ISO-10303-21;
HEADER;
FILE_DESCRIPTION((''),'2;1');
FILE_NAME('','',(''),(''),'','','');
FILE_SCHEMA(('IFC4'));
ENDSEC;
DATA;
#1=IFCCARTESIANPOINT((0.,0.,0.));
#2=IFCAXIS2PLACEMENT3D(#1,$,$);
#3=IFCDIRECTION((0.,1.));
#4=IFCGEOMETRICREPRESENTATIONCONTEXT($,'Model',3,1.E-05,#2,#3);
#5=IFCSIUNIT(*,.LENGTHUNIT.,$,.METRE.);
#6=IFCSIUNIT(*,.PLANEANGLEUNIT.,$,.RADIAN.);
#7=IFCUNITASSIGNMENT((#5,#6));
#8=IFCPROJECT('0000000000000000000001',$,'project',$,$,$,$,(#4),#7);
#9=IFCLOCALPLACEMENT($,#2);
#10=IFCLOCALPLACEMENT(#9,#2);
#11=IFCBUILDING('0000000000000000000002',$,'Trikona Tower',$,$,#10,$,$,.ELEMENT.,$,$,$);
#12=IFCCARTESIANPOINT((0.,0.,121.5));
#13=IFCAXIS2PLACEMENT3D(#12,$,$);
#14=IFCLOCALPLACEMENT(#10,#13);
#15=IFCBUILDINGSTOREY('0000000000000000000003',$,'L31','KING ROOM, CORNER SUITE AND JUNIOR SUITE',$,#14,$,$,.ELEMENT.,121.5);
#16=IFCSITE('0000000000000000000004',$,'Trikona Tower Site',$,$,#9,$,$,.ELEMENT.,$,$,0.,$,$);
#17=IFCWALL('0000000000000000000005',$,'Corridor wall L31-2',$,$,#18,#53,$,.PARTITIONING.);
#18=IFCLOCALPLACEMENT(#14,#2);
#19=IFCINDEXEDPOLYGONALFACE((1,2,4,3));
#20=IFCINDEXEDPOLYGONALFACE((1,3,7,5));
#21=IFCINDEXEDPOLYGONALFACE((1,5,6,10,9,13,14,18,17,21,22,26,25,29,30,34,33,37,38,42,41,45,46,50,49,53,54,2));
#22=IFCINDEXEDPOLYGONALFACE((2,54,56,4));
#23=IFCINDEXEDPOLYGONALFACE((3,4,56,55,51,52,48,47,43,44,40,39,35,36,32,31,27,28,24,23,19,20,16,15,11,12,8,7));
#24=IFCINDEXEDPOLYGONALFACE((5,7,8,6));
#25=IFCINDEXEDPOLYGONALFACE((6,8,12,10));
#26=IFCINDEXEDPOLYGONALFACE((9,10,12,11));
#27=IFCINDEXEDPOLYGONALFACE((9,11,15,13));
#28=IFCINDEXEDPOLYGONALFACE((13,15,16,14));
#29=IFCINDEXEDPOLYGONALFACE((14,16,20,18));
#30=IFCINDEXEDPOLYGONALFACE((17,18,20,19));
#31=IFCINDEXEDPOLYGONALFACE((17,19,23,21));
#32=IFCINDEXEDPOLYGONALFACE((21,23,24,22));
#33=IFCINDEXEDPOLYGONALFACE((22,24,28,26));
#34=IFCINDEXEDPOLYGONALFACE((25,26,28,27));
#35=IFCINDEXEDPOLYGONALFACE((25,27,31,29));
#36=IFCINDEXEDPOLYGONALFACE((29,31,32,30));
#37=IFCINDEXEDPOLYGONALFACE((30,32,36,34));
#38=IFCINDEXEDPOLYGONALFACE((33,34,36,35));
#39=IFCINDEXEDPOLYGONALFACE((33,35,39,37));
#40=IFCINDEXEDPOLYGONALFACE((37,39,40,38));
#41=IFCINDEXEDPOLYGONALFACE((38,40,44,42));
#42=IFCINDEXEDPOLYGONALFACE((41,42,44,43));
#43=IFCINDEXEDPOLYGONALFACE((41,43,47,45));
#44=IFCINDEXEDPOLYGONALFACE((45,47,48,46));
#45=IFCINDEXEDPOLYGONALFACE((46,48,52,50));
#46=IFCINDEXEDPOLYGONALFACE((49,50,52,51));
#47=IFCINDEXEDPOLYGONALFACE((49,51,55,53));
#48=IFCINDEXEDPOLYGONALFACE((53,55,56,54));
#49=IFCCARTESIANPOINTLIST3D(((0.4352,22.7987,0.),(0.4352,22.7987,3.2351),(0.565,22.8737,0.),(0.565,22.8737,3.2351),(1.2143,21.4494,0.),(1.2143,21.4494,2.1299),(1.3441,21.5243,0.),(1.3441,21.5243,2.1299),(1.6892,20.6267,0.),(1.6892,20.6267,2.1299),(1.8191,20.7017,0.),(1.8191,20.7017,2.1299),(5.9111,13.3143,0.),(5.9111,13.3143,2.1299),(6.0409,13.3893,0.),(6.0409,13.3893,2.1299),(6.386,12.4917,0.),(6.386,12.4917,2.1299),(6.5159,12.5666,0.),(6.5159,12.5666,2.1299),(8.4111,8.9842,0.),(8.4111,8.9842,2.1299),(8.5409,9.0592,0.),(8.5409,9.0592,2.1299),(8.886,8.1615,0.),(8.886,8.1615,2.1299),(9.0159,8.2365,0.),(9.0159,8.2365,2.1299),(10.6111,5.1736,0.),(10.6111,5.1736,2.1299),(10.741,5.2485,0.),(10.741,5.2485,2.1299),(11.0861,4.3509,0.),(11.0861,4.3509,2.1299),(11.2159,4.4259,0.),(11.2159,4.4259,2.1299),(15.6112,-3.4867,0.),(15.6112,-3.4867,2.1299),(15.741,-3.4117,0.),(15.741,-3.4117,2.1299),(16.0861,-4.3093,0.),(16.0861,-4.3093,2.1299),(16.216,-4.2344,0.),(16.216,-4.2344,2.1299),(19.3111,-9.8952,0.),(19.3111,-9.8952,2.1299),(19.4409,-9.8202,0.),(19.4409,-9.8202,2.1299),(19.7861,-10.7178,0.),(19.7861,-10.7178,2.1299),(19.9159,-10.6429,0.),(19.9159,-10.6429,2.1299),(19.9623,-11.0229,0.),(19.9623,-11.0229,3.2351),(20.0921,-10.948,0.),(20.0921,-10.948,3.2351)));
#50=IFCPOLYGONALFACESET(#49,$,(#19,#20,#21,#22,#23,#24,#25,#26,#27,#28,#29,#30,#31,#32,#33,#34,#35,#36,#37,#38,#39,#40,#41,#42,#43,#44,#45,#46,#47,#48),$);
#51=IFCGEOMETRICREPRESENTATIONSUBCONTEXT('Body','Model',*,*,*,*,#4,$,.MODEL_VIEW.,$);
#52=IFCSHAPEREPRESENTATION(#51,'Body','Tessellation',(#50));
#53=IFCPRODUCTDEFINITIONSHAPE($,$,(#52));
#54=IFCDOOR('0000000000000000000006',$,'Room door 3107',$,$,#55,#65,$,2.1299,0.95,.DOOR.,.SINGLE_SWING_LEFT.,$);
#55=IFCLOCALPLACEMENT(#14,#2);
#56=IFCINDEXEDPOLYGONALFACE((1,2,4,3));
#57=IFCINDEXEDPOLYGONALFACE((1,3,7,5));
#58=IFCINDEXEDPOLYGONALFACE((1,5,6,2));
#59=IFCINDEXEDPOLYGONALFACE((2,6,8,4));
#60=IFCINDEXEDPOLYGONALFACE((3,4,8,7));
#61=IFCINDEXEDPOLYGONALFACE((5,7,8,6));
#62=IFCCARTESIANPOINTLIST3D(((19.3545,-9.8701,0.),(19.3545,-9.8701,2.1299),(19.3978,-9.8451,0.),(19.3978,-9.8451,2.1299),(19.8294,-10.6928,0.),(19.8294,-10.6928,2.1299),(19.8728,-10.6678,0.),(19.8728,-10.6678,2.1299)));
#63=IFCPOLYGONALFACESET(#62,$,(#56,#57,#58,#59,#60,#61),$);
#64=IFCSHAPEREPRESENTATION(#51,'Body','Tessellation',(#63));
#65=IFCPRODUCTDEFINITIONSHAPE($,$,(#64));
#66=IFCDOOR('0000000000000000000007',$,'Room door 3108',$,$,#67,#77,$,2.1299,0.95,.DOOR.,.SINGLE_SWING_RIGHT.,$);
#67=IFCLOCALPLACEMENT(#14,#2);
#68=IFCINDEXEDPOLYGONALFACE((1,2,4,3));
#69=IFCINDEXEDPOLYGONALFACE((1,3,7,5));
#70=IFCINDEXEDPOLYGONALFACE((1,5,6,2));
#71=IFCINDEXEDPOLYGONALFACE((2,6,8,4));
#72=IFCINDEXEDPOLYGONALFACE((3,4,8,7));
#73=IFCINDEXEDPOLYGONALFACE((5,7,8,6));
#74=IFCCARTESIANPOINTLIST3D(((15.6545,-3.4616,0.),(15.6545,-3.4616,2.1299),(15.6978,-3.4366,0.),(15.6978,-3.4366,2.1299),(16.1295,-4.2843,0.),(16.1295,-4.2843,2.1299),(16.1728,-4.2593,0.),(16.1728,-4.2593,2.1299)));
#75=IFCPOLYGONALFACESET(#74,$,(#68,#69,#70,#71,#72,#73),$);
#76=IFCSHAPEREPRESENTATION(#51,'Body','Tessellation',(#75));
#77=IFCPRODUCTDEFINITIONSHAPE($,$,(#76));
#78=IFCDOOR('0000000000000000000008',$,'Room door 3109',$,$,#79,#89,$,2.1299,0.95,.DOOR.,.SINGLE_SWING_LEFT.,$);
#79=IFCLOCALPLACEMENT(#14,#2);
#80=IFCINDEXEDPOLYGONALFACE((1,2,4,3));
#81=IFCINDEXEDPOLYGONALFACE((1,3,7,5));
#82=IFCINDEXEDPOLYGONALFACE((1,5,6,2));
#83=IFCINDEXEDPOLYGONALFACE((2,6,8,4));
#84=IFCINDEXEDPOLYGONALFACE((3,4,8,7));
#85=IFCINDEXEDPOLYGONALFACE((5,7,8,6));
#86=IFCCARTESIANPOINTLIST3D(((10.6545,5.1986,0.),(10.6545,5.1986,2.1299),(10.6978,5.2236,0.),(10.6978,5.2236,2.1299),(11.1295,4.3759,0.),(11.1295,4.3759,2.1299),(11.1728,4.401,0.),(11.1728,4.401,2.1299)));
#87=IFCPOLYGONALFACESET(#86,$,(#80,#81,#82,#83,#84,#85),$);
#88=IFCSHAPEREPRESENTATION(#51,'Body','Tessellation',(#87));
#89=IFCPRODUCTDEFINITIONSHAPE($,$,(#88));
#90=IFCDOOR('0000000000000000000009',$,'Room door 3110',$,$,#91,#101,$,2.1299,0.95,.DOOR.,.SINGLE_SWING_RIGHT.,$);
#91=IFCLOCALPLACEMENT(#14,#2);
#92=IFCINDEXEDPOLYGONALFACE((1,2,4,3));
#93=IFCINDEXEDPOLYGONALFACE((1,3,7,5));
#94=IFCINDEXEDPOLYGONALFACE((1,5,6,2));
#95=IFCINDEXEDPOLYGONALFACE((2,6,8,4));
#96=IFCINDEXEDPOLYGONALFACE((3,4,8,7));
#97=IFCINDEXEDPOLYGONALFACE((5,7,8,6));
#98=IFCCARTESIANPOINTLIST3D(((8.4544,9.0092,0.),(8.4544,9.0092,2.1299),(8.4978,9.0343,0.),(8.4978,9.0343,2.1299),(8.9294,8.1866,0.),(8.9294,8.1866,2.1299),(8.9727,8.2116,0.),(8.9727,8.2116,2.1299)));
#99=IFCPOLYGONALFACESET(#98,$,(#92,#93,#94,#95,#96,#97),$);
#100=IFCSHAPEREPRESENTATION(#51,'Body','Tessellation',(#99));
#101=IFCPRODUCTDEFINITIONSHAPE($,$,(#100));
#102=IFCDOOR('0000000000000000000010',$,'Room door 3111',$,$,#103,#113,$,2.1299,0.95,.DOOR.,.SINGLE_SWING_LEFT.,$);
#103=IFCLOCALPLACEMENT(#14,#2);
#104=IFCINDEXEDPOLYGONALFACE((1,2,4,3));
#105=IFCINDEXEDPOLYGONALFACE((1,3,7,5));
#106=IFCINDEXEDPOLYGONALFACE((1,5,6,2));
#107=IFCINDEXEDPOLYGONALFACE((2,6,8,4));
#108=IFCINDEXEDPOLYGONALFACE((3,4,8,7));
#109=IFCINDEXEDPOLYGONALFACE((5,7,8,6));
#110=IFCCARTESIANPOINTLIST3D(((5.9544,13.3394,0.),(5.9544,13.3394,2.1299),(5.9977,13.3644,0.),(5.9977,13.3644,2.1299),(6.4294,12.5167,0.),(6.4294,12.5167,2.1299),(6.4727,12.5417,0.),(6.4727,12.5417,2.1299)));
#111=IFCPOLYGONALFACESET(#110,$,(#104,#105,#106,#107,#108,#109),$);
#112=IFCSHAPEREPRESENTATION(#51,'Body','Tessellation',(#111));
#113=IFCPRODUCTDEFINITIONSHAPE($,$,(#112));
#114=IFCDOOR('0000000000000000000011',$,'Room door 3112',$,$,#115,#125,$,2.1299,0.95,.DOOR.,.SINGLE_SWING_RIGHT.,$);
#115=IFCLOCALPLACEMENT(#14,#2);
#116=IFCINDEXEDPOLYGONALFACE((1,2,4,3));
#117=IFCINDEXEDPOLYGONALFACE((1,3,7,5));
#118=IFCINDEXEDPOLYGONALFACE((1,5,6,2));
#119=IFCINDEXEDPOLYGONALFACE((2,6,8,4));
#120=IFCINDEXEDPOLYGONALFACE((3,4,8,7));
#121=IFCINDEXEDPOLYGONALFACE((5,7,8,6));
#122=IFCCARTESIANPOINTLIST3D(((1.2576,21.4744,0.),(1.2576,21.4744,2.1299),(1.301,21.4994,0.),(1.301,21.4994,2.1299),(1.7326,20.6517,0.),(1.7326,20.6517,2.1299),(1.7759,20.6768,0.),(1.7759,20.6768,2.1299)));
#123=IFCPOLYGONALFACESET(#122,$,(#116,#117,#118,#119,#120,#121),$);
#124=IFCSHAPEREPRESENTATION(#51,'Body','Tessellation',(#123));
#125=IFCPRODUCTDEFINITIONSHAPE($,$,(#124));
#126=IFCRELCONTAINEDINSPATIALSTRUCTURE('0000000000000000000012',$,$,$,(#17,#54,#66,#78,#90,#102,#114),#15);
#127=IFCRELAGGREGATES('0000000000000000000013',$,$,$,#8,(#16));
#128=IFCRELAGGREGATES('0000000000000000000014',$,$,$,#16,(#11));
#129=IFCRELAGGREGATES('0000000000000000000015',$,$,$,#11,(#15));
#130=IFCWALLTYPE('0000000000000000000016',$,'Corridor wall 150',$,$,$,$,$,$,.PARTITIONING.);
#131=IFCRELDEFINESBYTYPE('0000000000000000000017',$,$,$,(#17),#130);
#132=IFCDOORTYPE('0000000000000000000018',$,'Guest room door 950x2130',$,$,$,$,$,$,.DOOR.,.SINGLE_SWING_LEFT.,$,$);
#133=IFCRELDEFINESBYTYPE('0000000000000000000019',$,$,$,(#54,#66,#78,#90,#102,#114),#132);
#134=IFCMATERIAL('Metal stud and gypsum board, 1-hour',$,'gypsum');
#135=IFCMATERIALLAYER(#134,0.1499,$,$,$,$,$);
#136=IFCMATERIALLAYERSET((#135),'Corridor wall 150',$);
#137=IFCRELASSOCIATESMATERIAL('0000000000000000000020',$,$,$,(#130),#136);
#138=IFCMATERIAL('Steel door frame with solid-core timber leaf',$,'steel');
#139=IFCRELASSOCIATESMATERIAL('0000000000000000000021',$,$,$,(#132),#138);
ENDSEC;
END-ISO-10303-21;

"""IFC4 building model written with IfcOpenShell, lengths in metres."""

from ifc_helpers import new_model, si_unit, direction, frame, frame_2d, origin, place, context, subcontext, project, spatial, rectangle, extrude, material, layer, layer_set, type_object, element, fill, save


model = new_model("IFC4")

# Units and contexts
model_context = context("Model", 3, precision=1e-05, world=origin(), true_north=direction((0.0, 1.0)))
body_context = subcontext(model_context, "Body", "Model", "MODEL_VIEW")
ifc_project = project(units=[si_unit("LENGTHUNIT", "METRE"), si_unit("PLANEANGLEUNIT", "RADIAN")], contexts=[model_context])

# Site, building, storey
site_placement = place(None, origin())
site = spatial("IfcSite", under=ifc_project, at=site_placement, Name="Trikona Tower Site", CompositionType="ELEMENT", RefElevation=0.0)
building_placement = place(site_placement, origin())
building = spatial("IfcBuilding", under=site, at=building_placement, Name="Trikona Tower", CompositionType="ELEMENT")
storey_placement = place(building_placement, frame((0.0, 0.0, 121.5)))
storey = spatial("IfcBuildingStorey", under=building, at=storey_placement, Name="L31", Description="KING ROOM, CORNER SUITE AND JUNIOR SUITE", CompositionType="ELEMENT", Elevation=121.5)

# Wall, openings, doors
ifc_material_1 = material(Name="Metal stud and gypsum board, 1-hour", Category="gypsum")
ifc_layer_1 = layer(ifc_material_1, 0.1499)
ifc_layer_set_1 = layer_set([ifc_layer_1], Name="Corridor wall 150")
wall_type_1 = type_object("IfcWallType", Name="Corridor wall 150", PredefinedType="PARTITIONING", material=ifc_layer_set_1)
wall_1_placement = place(storey_placement, frame((20.0271, -10.9854, 0.0), z_axis=(0.0, 0.0, 1.0), x_axis=(-0.500002, 0.866024, 0.0)))
wall_1 = element("IfcWall", 1, at=wall_1_placement, inside=storey, type_object=wall_type_1, Name="Corridor wall L31-2", PredefinedType="PARTITIONING", context=body_context, shape_type="SweptSolid", body=[
    extrude(rectangle(XDim=39.054, YDim=0.1499, at=frame_2d((19.5269, 0.0))), origin(), (0.0, 0.0, 1.0), 3.2351),
])
opening_1_placement = place(wall_1_placement, frame((0.3521, 0.0, 0.0)))
opening_1 = element("IfcOpeningElement", 2, at=opening_1_placement, cuts=wall_1, PredefinedType="OPENING", context=body_context, shape_type="SweptSolid", body=[
    extrude(rectangle(XDim=0.95, YDim=2.1299, at=frame_2d((0.4751, 1.0649))), frame((0.0, 0.085, 0.0), z_axis=(0.0, -1.0, 0.0), x_axis=(1.0, 0.0, 0.0)), (0.0, 0.0, 1.0), 0.1699),
])
opening_2_placement = place(wall_1_placement, frame((7.752, 0.0, 0.0)))
opening_2 = element("IfcOpeningElement", 3, at=opening_2_placement, cuts=wall_1, PredefinedType="OPENING", context=body_context, shape_type="SweptSolid", body=[
    extrude(rectangle(XDim=0.95, YDim=2.1299, at=frame_2d((0.4751, 1.0649))), frame((0.0, 0.085, 0.0), z_axis=(0.0, -1.0, 0.0), x_axis=(1.0, 0.0, 0.0)), (0.0, 0.0, 1.0), 0.1699),
])
opening_3_placement = place(wall_1_placement, frame((17.752, 0.0, 0.0)))
opening_3 = element("IfcOpeningElement", 4, at=opening_3_placement, cuts=wall_1, PredefinedType="OPENING", context=body_context, shape_type="SweptSolid", body=[
    extrude(rectangle(XDim=0.95, YDim=2.1299, at=frame_2d((0.4751, 1.0649))), frame((0.0, 0.085, 0.0), z_axis=(0.0, -1.0, 0.0), x_axis=(1.0, 0.0, 0.0)), (0.0, 0.0, 1.0), 0.1699),
])
opening_4_placement = place(wall_1_placement, frame((22.1521, 0.0, 0.0)))
opening_4 = element("IfcOpeningElement", 5, at=opening_4_placement, cuts=wall_1, PredefinedType="OPENING", context=body_context, shape_type="SweptSolid", body=[
    extrude(rectangle(XDim=0.95, YDim=2.1299, at=frame_2d((0.4751, 1.0649))), frame((0.0, 0.085, 0.0), z_axis=(0.0, -1.0, 0.0), x_axis=(1.0, 0.0, 0.0)), (0.0, 0.0, 1.0), 0.1699),
])
opening_5_placement = place(wall_1_placement, frame((27.1521, 0.0, 0.0)))
opening_5 = element("IfcOpeningElement", 6, at=opening_5_placement, cuts=wall_1, PredefinedType="OPENING", context=body_context, shape_type="SweptSolid", body=[
    extrude(rectangle(XDim=0.95, YDim=2.1299, at=frame_2d((0.4751, 1.0649))), frame((0.0, 0.085, 0.0), z_axis=(0.0, -1.0, 0.0), x_axis=(1.0, 0.0, 0.0)), (0.0, 0.0, 1.0), 0.1699),
])
opening_6_placement = place(wall_1_placement, frame((36.5457, 0.0, 0.0)))
opening_6 = element("IfcOpeningElement", 7, at=opening_6_placement, cuts=wall_1, PredefinedType="OPENING", context=body_context, shape_type="SweptSolid", body=[
    extrude(rectangle(XDim=0.95, YDim=2.1299, at=frame_2d((0.4751, 1.0649))), frame((0.0, 0.085, 0.0), z_axis=(0.0, -1.0, 0.0), x_axis=(1.0, 0.0, 0.0)), (0.0, 0.0, 1.0), 0.1699),
])
ifc_material_2 = material(Name="Steel door frame with solid-core timber leaf", Category="steel")
door_type_1 = type_object("IfcDoorType", Name="Guest room door 950x2130", OperationType="SINGLE_SWING_LEFT", PredefinedType="DOOR", material=ifc_material_2)
door_1_placement = place(opening_1_placement, origin())
door_1 = element("IfcDoor", 8, at=door_1_placement, inside=storey, type_object=door_type_1, Name="Room door 3107", OperationType="SINGLE_SWING_LEFT", OverallHeight=2.1299, OverallWidth=0.95, PredefinedType="DOOR", context=body_context, shape_type="SweptSolid", body=[
    extrude(rectangle(XDim=0.95, YDim=2.1299, at=frame_2d((0.4751, 1.0649))), frame((0.0, 0.0249, 0.0), z_axis=(0.0, -1.0, 0.0), x_axis=(1.0, 0.0, 0.0)), (0.0, 0.0, 1.0), 0.05),
])
fill(opening_1, door_1)
door_2_placement = place(opening_2_placement, origin())
door_2 = element("IfcDoor", 9, at=door_2_placement, inside=storey, type_object=door_type_1, Name="Room door 3108", OperationType="SINGLE_SWING_RIGHT", OverallHeight=2.1299, OverallWidth=0.95, PredefinedType="DOOR", context=body_context, shape_type="SweptSolid", body=[
    extrude(rectangle(XDim=0.95, YDim=2.1299, at=frame_2d((0.4751, 1.0649))), frame((0.0, 0.0249, 0.0), z_axis=(0.0, -1.0, 0.0), x_axis=(1.0, 0.0, 0.0)), (0.0, 0.0, 1.0), 0.05),
])
fill(opening_2, door_2)
door_3_placement = place(opening_3_placement, origin())
door_3 = element("IfcDoor", 10, at=door_3_placement, inside=storey, type_object=door_type_1, Name="Room door 3109", OperationType="SINGLE_SWING_LEFT", OverallHeight=2.1299, OverallWidth=0.95, PredefinedType="DOOR", context=body_context, shape_type="SweptSolid", body=[
    extrude(rectangle(XDim=0.95, YDim=2.1299, at=frame_2d((0.4751, 1.0649))), frame((0.0, 0.0249, 0.0), z_axis=(0.0, -1.0, 0.0), x_axis=(1.0, 0.0, 0.0)), (0.0, 0.0, 1.0), 0.05),
])
fill(opening_3, door_3)
door_4_placement = place(opening_4_placement, origin())
door_4 = element("IfcDoor", 11, at=door_4_placement, inside=storey, type_object=door_type_1, Name="Room door 3110", OperationType="SINGLE_SWING_RIGHT", OverallHeight=2.1299, OverallWidth=0.95, PredefinedType="DOOR", context=body_context, shape_type="SweptSolid", body=[
    extrude(rectangle(XDim=0.95, YDim=2.1299, at=frame_2d((0.4751, 1.0649))), frame((0.0, 0.0249, 0.0), z_axis=(0.0, -1.0, 0.0), x_axis=(1.0, 0.0, 0.0)), (0.0, 0.0, 1.0), 0.05),
])
fill(opening_4, door_4)
door_5_placement = place(opening_5_placement, origin())
door_5 = element("IfcDoor", 12, at=door_5_placement, inside=storey, type_object=door_type_1, Name="Room door 3111", OperationType="SINGLE_SWING_LEFT", OverallHeight=2.1299, OverallWidth=0.95, PredefinedType="DOOR", context=body_context, shape_type="SweptSolid", body=[
    extrude(rectangle(XDim=0.95, YDim=2.1299, at=frame_2d((0.4751, 1.0649))), frame((0.0, 0.0249, 0.0), z_axis=(0.0, -1.0, 0.0), x_axis=(1.0, 0.0, 0.0)), (0.0, 0.0, 1.0), 0.05),
])
fill(opening_5, door_5)
door_6_placement = place(opening_6_placement, origin())
door_6 = element("IfcDoor", 13, at=door_6_placement, inside=storey, type_object=door_type_1, Name="Room door 3112", OperationType="SINGLE_SWING_RIGHT", OverallHeight=2.1299, OverallWidth=0.95, PredefinedType="DOOR", context=body_context, shape_type="SweptSolid", body=[
    extrude(rectangle(XDim=0.95, YDim=2.1299, at=frame_2d((0.4751, 1.0649))), frame((0.0, 0.0249, 0.0), z_axis=(0.0, -1.0, 0.0), x_axis=(1.0, 0.0, 0.0)), (0.0, 0.0, 1.0), 0.05),
])
fill(opening_6, door_6)

save(model, "model.ifc")
